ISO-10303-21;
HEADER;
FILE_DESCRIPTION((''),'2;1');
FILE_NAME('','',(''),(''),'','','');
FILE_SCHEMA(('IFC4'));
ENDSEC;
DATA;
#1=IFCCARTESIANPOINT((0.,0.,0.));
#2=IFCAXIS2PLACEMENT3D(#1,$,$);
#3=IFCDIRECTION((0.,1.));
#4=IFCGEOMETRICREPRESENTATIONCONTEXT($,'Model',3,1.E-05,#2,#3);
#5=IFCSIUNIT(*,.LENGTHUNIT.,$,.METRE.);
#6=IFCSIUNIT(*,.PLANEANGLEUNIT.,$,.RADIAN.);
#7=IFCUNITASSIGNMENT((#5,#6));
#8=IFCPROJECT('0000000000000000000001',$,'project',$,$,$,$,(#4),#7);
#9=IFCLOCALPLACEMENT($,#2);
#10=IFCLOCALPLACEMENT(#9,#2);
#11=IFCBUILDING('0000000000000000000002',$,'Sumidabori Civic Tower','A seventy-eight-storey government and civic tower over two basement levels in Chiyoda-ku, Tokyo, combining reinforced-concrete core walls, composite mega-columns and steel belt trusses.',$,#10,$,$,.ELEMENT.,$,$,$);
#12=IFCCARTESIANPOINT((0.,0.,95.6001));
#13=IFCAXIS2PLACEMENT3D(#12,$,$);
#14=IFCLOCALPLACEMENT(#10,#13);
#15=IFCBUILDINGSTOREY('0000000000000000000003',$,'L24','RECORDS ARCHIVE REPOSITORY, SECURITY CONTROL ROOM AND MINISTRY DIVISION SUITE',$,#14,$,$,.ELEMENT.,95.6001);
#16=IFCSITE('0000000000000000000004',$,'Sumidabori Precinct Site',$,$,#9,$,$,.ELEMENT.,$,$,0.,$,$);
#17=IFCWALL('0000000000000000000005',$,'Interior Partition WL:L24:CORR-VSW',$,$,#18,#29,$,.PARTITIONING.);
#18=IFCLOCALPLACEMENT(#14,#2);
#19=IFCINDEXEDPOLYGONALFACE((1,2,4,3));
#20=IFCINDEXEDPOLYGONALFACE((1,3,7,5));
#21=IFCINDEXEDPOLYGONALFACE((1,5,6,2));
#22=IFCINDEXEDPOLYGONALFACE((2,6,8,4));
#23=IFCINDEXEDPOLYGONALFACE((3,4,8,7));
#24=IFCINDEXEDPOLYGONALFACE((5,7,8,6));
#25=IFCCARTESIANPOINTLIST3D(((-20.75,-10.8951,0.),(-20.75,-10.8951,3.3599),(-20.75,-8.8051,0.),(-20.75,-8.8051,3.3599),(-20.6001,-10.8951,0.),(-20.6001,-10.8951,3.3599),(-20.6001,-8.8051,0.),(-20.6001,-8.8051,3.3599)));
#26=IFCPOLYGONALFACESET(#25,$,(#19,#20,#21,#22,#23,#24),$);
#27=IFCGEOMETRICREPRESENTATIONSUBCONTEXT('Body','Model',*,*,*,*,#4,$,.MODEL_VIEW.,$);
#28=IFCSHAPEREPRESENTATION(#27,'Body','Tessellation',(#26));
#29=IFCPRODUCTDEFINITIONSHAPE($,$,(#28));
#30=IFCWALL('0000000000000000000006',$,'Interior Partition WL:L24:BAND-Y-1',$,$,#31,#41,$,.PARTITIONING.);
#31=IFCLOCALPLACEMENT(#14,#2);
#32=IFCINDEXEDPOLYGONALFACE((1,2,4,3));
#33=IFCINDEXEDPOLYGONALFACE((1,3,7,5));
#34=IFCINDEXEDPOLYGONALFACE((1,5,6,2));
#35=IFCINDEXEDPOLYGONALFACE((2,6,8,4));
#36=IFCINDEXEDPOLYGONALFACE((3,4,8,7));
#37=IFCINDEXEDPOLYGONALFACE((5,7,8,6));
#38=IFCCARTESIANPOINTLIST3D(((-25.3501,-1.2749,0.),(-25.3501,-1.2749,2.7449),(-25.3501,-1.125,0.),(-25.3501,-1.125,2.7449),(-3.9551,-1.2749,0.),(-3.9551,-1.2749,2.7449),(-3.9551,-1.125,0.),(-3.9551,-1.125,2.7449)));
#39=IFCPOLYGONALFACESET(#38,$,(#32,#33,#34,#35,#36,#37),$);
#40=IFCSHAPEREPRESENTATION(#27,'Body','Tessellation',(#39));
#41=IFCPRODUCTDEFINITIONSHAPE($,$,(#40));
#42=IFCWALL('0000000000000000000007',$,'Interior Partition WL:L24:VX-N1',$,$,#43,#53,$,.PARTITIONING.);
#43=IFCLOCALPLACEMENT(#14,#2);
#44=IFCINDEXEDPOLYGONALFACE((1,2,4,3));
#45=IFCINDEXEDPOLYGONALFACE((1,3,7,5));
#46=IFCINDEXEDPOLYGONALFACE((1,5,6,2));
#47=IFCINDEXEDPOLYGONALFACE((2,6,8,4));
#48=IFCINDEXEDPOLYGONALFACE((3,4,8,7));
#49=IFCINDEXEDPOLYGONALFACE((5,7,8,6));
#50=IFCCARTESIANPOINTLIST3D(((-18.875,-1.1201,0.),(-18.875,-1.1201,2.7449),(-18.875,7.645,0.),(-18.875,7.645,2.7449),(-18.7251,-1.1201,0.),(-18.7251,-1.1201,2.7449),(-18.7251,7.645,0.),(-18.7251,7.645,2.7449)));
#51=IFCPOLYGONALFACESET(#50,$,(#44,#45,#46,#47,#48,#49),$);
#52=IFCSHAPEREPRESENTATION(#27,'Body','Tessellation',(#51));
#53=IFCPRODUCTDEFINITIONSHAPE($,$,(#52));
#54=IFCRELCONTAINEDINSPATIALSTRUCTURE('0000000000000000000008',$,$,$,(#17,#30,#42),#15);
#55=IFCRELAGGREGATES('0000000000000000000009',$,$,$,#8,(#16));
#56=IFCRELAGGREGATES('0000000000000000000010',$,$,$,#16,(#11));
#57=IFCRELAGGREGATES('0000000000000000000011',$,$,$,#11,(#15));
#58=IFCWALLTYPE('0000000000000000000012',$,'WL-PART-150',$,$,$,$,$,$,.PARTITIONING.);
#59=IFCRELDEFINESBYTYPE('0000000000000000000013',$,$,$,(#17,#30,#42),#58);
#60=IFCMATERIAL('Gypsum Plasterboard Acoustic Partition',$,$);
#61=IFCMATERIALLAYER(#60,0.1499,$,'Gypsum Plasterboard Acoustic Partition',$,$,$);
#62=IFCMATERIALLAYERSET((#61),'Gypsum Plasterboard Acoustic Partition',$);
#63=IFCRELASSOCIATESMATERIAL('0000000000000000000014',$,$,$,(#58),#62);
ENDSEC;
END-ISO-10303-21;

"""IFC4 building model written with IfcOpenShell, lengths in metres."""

from ifc_helpers import new_model, si_unit, direction, frame, frame_2d, origin, place, context, subcontext, project, spatial, rectangle, extrude, source, transform, mapped, material, layer, layer_set, type_object, element, save


model = new_model("IFC4")

# Units and contexts
model_context = context("Model", 3, precision=1e-05, world=origin(), true_north=direction((0.0, 1.0)))
body_context = subcontext(model_context, "Body", "Model", "MODEL_VIEW")
ifc_project = project(units=[si_unit("LENGTHUNIT", "METRE"), si_unit("PLANEANGLEUNIT", "RADIAN")], contexts=[model_context])

# Site, building, storey
site_placement = place(None, origin())
site = spatial("IfcSite", under=ifc_project, at=site_placement, Name="Sumidabori Precinct Site", CompositionType="ELEMENT", RefElevation=0.0)
building_placement = place(site_placement, origin())
building = spatial("IfcBuilding", under=site, at=building_placement, Name="Sumidabori Civic Tower", Description="A seventy-eight-storey government and civic tower over two basement levels in Chiyoda-ku, Tokyo, combining reinforced-concrete core walls, composite mega-columns and steel belt trusses.", CompositionType="ELEMENT")
storey_placement = place(building_placement, frame((0.0, 0.0, 95.6001)))
storey = spatial("IfcBuildingStorey", under=building, at=storey_placement, Name="L24", Description="RECORDS ARCHIVE REPOSITORY, SECURITY CONTROL ROOM AND MINISTRY DIVISION SUITE", CompositionType="ELEMENT", Elevation=95.6001)

# Shared definitions
ifc_material_1 = material(Name="Gypsum Plasterboard Acoustic Partition")
ifc_layer_1 = layer(ifc_material_1, 0.1499, Name="Gypsum Plasterboard Acoustic Partition")
ifc_layer_set_1 = layer_set([ifc_layer_1], Name="Gypsum Plasterboard Acoustic Partition")
wall_type = type_object("IfcWallType", Name="WL-PART-150", PredefinedType="PARTITIONING", material=ifc_layer_set_1)

# Walls
shared_shape_1 = source(origin(), body_context, "Body", "SweptSolid", [
    extrude(rectangle(XDim=2.0901, YDim=0.1499, at=frame_2d((1.0449, 0.0))), origin(), (0.0, 0.0, 1.0), 3.3599),
])
wall_1_placement = place(storey_placement, frame((-20.675, -10.895, 0.0), z_axis=(0.0, 0.0, 1.0), x_axis=(0.0, 1.0, 0.0)))
element("IfcWall", 1, at=wall_1_placement, inside=storey, type_object=wall_type, Name="Interior Partition WL:L24:CORR-VSW", PredefinedType="PARTITIONING", context=body_context, shape_type="MappedRepresentation", body=[
    mapped(shared_shape_1, transform((0.0, 0.0, 0.0), x_axis=(1.0, 0.0, 0.0), y_axis=(0.0, 1.0, 0.0), z_axis=(0.0, 0.0, 1.0), scale=1.0)),
])
shared_shape_2 = source(origin(), body_context, "Body", "SweptSolid", [
    extrude(rectangle(XDim=21.395, YDim=0.1499, at=frame_2d((10.6975, 0.0))), origin(), (0.0, 0.0, 1.0), 2.7449),
])
wall_2_placement = place(storey_placement, frame((-25.3501, -1.2, 0.0), z_axis=(0.0, 0.0, 1.0), x_axis=(1.0, 0.0, 0.0)))
element("IfcWall", 2, at=wall_2_placement, inside=storey, type_object=wall_type, Name="Interior Partition WL:L24:BAND-Y-1", PredefinedType="PARTITIONING", context=body_context, shape_type="MappedRepresentation", body=[
    mapped(shared_shape_2, transform((0.0, 0.0, 0.0), x_axis=(1.0, 0.0, 0.0), y_axis=(0.0, 1.0, 0.0), z_axis=(0.0, 0.0, 1.0), scale=1.0)),
])
shared_shape_3 = source(origin(), body_context, "Body", "SweptSolid", [
    extrude(rectangle(XDim=8.7651, YDim=0.1499, at=frame_2d((4.3826, 0.0))), origin(), (0.0, 0.0, 1.0), 2.7449),
])
wall_3_placement = place(storey_placement, frame((-18.8, -1.1201, 0.0), z_axis=(0.0, 0.0, 1.0), x_axis=(0.0, 1.0, 0.0)))
element("IfcWall", 3, at=wall_3_placement, inside=storey, type_object=wall_type, Name="Interior Partition WL:L24:VX-N1", PredefinedType="PARTITIONING", context=body_context, shape_type="MappedRepresentation", body=[
    mapped(shared_shape_3, transform((0.0, 0.0, 0.0), x_axis=(1.0, 0.0, 0.0), y_axis=(0.0, 1.0, 0.0), z_axis=(0.0, 0.0, 1.0), scale=1.0)),
])

save(model, "model.ifc")
